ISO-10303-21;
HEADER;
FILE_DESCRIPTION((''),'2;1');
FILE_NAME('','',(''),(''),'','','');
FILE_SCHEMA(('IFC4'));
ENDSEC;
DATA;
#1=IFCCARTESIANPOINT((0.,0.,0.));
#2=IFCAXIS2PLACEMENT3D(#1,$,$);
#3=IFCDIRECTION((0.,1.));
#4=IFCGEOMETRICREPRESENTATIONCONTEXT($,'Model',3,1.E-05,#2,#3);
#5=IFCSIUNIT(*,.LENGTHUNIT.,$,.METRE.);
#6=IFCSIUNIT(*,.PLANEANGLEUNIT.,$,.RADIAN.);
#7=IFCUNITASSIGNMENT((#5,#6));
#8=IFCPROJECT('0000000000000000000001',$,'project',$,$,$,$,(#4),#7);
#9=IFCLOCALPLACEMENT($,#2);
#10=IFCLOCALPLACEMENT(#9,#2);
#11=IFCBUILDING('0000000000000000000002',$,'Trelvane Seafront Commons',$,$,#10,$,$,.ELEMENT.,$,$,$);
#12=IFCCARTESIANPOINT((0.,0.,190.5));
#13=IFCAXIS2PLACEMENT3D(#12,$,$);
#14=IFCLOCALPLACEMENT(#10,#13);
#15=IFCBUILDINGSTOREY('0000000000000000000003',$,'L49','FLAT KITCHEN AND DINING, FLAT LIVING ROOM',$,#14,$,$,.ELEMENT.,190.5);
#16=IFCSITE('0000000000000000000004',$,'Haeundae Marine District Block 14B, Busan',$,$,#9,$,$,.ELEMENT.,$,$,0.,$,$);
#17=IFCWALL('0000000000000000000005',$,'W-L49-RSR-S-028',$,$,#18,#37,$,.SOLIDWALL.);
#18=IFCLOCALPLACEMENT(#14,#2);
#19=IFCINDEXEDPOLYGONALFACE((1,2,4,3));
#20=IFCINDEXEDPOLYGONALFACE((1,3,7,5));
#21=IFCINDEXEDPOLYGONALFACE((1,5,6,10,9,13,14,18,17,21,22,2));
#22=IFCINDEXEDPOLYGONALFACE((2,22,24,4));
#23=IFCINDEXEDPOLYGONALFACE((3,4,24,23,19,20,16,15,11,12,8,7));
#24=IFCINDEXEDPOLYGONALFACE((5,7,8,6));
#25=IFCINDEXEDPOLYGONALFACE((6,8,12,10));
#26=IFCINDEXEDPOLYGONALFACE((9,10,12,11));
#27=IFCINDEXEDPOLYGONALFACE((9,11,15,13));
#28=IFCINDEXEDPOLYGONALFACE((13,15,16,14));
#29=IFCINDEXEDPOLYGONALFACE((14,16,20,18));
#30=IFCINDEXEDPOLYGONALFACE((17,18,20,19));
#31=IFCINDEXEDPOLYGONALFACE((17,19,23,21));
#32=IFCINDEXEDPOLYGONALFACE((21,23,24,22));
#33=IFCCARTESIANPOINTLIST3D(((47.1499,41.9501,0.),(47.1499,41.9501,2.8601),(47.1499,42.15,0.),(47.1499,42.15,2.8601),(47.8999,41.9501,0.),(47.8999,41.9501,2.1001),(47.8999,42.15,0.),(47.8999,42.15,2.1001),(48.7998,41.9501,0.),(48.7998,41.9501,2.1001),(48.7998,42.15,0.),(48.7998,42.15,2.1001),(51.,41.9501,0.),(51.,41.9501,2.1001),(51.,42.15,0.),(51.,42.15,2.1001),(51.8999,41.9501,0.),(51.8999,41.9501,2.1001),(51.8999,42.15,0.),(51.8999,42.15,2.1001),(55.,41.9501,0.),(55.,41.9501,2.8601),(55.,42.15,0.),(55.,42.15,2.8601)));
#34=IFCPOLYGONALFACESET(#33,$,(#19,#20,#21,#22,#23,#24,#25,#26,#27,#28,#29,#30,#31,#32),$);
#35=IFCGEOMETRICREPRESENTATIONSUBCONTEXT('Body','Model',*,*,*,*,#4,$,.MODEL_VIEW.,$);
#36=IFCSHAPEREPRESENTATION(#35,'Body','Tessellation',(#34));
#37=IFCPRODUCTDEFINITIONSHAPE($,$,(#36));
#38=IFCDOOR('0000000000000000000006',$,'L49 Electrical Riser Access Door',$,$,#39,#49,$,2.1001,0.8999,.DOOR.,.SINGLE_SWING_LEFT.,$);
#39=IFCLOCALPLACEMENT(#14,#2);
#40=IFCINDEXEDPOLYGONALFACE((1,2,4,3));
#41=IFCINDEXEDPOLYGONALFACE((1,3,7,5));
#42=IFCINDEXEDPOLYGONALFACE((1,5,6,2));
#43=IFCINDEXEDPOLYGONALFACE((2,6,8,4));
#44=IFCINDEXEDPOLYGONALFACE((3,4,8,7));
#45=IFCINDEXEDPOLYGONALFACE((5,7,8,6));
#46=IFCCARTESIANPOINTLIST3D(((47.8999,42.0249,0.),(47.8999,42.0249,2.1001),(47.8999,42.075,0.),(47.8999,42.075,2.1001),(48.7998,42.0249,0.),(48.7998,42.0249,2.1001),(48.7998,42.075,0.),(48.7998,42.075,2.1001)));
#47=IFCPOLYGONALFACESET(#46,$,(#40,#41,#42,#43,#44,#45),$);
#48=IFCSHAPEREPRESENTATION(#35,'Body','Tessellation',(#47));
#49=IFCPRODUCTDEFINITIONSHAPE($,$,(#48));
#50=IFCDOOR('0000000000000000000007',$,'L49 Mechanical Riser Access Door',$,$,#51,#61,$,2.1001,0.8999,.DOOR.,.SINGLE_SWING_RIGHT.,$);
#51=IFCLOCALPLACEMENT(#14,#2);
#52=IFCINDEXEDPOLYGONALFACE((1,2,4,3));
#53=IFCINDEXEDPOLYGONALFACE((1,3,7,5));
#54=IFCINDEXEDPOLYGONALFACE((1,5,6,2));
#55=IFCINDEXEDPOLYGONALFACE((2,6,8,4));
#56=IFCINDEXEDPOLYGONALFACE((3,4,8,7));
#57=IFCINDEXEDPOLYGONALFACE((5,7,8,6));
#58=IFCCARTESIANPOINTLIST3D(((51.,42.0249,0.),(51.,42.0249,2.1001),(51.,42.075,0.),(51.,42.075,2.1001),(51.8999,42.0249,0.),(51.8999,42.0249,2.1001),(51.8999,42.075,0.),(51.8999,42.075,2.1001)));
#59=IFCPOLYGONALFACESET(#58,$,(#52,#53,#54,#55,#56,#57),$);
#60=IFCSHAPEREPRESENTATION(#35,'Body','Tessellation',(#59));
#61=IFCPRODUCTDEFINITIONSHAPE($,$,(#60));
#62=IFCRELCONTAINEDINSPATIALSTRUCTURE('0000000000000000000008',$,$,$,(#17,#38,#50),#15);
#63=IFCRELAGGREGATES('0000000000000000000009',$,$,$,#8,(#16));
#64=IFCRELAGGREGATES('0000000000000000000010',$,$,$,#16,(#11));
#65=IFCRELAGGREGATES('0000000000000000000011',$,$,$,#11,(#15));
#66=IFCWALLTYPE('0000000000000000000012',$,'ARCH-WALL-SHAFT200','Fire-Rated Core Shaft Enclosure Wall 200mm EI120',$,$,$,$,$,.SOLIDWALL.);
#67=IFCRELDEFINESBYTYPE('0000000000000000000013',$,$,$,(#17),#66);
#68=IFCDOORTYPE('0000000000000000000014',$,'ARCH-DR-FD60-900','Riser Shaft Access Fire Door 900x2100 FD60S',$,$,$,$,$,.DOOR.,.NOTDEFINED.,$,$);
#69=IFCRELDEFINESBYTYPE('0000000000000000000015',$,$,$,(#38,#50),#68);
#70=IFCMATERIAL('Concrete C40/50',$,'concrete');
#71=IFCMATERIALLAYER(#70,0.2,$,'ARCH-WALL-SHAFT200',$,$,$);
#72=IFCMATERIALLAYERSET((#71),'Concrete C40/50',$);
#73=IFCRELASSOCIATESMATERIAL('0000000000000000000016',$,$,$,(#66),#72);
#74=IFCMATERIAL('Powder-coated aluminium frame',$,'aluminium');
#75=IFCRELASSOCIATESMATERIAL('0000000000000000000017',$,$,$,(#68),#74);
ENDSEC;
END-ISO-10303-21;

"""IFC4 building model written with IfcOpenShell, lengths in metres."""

from ifc_helpers import new_model, si_unit, direction, frame, frame_2d, origin, place, context, subcontext, project, spatial, rectangle, extrude, source, transform, mapped, material, layer, layer_set, type_object, element, fill, save


model = new_model("IFC4")

# Units and contexts
model_context = context("Model", 3, precision=1e-05, world=origin(), true_north=direction((0.0, 1.0)))
body_context = subcontext(model_context, "Body", "Model", "MODEL_VIEW")
ifc_project = project(units=[si_unit("LENGTHUNIT", "METRE"), si_unit("PLANEANGLEUNIT", "RADIAN")], contexts=[model_context])

# Site, building, storey
site_placement = place(None, origin())
site = spatial("IfcSite", under=ifc_project, at=site_placement, Name="Haeundae Marine District Block 14B, Busan", CompositionType="ELEMENT", RefElevation=0.0)
building_placement = place(site_placement, origin())
building = spatial("IfcBuilding", under=site, at=building_placement, Name="Trelvane Seafront Commons", CompositionType="ELEMENT")
storey_placement = place(building_placement, frame((0.0, 0.0, 190.5)))
storey = spatial("IfcBuildingStorey", under=building, at=storey_placement, Name="L49", Description="FLAT KITCHEN AND DINING, FLAT LIVING ROOM", CompositionType="ELEMENT", Elevation=190.5)

# Wall, openings, doors
ifc_material_1 = material(Name="Concrete C40/50", Category="concrete")
ifc_layer_1 = layer(ifc_material_1, 0.2, Name="ARCH-WALL-SHAFT200")
ifc_layer_set_1 = layer_set([ifc_layer_1], Name="Concrete C40/50")
wall_type_1 = type_object("IfcWallType", Name="ARCH-WALL-SHAFT200", Description="Fire-Rated Core Shaft Enclosure Wall 200mm EI120", PredefinedType="SOLIDWALL", material=ifc_layer_set_1)
wall_1_placement = place(storey_placement, frame((47.1499, 42.05, 0.0), z_axis=(0.0, 0.0, 1.0), x_axis=(1.0, 0.0, 0.0)))
wall_1 = element("IfcWall", 1, at=wall_1_placement, inside=storey, type_object=wall_type_1, Name="W-L49-RSR-S-028", PredefinedType="SOLIDWALL", context=body_context, shape_type="SweptSolid", body=[
    extrude(rectangle(XDim=7.8501, YDim=0.2, at=frame_2d((3.925, 0.0))), origin(), (0.0, 0.0, 1.0), 2.8601),
])
opening_1_placement = place(wall_1_placement, frame((0.75, 0.0, 0.0)))
opening_1 = element("IfcOpeningElement", 2, at=opening_1_placement, cuts=wall_1, PredefinedType="OPENING", context=body_context, shape_type="SweptSolid", body=[
    extrude(rectangle(XDim=0.8999, YDim=2.1001, at=frame_2d((0.45, 1.05))), frame((0.0, 0.1099, 0.0), z_axis=(0.0, -1.0, 0.0), x_axis=(1.0, 0.0, 0.0)), (0.0, 0.0, 1.0), 0.22),
])
opening_2_placement = place(wall_1_placement, frame((3.8501, 0.0, 0.0)))
opening_2 = element("IfcOpeningElement", 3, at=opening_2_placement, cuts=wall_1, PredefinedType="OPENING", context=body_context, shape_type="SweptSolid", body=[
    extrude(rectangle(XDim=0.8999, YDim=2.1001, at=frame_2d((0.45, 1.05))), frame((0.0, 0.1099, 0.0), z_axis=(0.0, -1.0, 0.0), x_axis=(1.0, 0.0, 0.0)), (0.0, 0.0, 1.0), 0.22),
])
ifc_material_2 = material(Name="Powder-coated aluminium frame", Category="aluminium")
door_type = type_object("IfcDoorType", Name="ARCH-DR-FD60-900", Description="Riser Shaft Access Fire Door 900x2100 FD60S", OperationType="NOTDEFINED", PredefinedType="DOOR", material=ifc_material_2)
shared_shape_1 = source(origin(), body_context, "Body", "SweptSolid", [
    extrude(rectangle(XDim=0.8999, YDim=2.1001, at=frame_2d((0.45, 1.05))), frame((0.0, 0.0249, 0.0), z_axis=(0.0, -1.0, 0.0), x_axis=(1.0, 0.0, 0.0)), (0.0, 0.0, 1.0), 0.05),
])
door_1_placement = place(opening_1_placement, origin())
door_1 = element("IfcDoor", 4, at=door_1_placement, inside=storey, type_object=door_type, Name="L49 Electrical Riser Access Door", OperationType="SINGLE_SWING_LEFT", OverallHeight=2.1001, OverallWidth=0.8999, PredefinedType="DOOR", context=body_context, shape_type="MappedRepresentation", body=[
    mapped(shared_shape_1, transform((0.0, 0.0, 0.0), x_axis=(1.0, 0.0, 0.0), y_axis=(0.0, 1.0, 0.0), z_axis=(0.0, 0.0, 1.0), scale=1.0)),
])
fill(opening_1, door_1)
door_2_placement = place(opening_2_placement, origin())
door_2 = element("IfcDoor", 5, at=door_2_placement, inside=storey, type_object=door_type, Name="L49 Mechanical Riser Access Door", OperationType="SINGLE_SWING_RIGHT", OverallHeight=2.1001, OverallWidth=0.8999, PredefinedType="DOOR", context=body_context, shape_type="MappedRepresentation", body=[
    mapped(shared_shape_1, transform((0.0, 0.0, 0.0), x_axis=(1.0, 0.0, 0.0), y_axis=(0.0, 1.0, 0.0), z_axis=(0.0, 0.0, 1.0), scale=1.0)),
])
fill(opening_2, door_2)

save(model, "model.ifc")
